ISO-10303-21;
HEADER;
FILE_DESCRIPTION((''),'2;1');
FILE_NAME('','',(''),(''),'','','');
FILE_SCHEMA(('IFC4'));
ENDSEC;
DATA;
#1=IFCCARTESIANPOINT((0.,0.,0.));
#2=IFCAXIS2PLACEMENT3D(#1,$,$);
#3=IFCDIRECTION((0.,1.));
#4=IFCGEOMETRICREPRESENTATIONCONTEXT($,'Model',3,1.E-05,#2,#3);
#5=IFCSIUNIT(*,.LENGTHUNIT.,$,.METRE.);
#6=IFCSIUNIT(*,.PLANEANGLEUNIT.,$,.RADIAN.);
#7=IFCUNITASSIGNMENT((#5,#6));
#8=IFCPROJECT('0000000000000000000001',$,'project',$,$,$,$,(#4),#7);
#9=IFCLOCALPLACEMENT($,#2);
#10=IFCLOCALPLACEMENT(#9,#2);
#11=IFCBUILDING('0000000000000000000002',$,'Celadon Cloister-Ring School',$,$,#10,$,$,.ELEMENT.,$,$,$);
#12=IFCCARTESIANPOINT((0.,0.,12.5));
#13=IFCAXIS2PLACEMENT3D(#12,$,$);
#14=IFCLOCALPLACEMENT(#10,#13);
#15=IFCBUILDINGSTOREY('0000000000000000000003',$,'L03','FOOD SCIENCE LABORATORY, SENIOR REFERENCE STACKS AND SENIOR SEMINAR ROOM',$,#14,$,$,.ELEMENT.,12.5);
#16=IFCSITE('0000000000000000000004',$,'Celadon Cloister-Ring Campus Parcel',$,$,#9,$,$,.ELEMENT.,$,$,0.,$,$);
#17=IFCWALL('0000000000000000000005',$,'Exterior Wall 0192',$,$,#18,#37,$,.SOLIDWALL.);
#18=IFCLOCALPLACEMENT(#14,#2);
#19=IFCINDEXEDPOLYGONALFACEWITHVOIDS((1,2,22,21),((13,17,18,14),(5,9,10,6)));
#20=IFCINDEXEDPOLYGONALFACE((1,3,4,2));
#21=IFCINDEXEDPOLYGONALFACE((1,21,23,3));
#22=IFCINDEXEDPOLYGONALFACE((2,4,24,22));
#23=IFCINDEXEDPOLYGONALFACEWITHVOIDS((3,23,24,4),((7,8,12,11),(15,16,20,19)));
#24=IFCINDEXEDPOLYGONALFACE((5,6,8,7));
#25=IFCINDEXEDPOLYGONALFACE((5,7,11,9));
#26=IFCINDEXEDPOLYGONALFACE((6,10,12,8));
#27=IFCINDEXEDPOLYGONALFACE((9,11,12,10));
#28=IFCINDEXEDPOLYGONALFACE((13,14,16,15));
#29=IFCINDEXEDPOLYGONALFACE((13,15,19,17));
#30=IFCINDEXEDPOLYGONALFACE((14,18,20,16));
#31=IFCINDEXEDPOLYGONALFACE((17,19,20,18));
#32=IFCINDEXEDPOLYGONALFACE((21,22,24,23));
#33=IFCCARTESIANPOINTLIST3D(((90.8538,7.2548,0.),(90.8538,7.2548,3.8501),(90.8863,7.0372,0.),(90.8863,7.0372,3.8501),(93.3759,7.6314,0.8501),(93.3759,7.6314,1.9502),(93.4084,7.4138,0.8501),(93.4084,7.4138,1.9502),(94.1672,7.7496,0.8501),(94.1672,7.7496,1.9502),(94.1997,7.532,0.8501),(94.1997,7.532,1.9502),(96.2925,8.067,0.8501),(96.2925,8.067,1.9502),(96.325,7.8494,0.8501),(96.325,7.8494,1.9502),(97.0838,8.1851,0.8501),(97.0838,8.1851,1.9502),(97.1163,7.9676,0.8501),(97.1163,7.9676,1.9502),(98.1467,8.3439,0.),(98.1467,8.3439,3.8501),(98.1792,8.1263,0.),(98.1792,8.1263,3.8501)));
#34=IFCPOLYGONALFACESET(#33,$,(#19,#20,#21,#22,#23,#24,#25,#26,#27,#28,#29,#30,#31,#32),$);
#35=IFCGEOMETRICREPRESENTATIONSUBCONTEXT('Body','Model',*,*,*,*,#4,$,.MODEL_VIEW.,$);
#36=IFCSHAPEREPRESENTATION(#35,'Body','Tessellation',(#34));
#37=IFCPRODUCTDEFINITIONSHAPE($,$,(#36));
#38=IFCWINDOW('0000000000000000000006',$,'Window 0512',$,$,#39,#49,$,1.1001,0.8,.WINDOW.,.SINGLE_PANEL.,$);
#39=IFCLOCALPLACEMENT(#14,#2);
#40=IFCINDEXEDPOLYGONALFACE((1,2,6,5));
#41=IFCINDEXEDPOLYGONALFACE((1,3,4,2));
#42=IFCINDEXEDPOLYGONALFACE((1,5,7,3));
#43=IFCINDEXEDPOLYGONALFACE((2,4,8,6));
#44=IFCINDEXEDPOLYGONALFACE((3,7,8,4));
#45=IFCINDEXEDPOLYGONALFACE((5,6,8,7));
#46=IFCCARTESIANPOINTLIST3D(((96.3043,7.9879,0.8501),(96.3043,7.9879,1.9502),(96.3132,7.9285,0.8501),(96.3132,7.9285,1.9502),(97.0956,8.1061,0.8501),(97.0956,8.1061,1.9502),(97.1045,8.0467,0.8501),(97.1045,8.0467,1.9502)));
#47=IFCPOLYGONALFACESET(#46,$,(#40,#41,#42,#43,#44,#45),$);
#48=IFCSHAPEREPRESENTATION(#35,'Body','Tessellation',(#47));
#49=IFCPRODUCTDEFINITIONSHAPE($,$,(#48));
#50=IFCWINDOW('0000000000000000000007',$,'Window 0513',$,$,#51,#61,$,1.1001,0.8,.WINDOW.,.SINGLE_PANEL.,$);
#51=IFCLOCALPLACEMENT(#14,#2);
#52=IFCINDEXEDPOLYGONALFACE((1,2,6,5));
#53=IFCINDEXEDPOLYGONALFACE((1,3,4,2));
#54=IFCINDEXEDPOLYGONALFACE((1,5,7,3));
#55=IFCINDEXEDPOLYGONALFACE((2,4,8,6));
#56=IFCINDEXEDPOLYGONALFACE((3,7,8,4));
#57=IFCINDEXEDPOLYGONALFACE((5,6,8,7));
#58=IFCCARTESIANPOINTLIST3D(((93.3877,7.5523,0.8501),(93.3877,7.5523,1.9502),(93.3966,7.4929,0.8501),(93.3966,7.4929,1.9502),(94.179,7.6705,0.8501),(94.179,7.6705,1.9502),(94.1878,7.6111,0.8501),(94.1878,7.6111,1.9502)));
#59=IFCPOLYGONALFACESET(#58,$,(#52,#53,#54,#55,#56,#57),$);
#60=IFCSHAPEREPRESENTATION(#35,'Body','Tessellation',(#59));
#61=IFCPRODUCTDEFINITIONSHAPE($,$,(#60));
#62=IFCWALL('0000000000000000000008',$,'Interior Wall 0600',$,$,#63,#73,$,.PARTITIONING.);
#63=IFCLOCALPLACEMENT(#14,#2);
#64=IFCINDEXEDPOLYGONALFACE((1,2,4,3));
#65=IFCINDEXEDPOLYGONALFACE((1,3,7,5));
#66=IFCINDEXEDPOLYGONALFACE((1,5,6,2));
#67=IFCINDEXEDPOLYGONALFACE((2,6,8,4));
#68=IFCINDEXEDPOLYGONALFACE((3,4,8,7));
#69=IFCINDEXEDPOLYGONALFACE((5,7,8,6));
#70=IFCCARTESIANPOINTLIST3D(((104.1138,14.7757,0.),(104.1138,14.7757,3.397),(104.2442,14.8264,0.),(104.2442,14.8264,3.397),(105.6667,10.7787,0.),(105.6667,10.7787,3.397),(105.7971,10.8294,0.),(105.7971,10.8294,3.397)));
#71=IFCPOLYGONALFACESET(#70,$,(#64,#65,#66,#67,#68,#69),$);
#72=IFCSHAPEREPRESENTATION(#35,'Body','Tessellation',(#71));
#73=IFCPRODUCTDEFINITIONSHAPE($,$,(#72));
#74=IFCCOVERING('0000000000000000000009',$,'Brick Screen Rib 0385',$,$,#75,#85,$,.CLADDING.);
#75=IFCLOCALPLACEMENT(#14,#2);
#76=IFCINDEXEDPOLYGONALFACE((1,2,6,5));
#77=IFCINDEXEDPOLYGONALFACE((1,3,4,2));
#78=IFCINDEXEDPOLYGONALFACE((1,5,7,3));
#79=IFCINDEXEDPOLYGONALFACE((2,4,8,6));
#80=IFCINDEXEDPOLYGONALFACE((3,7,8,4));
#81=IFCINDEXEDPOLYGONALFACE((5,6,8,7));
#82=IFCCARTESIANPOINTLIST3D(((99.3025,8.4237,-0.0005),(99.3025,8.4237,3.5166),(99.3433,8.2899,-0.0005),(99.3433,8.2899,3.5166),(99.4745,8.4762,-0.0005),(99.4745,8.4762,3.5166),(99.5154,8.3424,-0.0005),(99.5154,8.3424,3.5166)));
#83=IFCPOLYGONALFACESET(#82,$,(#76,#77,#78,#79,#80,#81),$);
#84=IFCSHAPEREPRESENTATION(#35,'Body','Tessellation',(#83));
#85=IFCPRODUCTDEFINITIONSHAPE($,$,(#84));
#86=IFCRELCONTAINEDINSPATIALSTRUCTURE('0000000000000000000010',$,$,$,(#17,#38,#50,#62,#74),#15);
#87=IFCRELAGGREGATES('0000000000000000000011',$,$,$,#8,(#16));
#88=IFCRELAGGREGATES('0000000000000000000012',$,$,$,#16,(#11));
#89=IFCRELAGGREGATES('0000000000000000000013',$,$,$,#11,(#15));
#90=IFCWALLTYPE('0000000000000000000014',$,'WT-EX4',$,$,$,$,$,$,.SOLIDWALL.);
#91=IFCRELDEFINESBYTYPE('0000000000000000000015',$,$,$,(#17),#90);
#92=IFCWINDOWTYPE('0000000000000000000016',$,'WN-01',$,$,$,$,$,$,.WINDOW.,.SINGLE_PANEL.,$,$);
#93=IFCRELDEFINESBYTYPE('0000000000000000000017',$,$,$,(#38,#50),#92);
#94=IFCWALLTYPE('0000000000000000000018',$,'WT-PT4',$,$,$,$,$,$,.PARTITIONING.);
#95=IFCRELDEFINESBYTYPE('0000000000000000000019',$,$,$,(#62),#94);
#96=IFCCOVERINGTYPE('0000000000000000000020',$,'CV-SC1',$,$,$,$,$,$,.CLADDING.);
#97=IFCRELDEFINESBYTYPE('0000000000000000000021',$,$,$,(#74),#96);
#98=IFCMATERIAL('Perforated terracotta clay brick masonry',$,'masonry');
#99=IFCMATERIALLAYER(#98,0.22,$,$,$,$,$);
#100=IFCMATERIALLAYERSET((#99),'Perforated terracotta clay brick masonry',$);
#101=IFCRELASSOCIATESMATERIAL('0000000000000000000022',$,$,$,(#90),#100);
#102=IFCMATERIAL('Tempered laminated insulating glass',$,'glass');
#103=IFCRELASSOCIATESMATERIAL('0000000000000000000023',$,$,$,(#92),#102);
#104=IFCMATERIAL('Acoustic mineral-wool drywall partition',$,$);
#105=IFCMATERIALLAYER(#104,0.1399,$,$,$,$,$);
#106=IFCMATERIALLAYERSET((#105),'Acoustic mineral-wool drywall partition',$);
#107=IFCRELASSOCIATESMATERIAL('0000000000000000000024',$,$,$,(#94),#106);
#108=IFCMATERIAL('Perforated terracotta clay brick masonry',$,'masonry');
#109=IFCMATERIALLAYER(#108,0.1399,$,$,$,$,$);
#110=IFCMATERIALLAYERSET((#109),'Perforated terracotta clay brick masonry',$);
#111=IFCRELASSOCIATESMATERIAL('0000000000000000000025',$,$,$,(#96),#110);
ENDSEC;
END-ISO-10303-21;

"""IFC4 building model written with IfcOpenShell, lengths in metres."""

from ifc_helpers import new_model, si_unit, direction, frame, frame_2d, origin, origin_2d, place, context, subcontext, project, spatial, rectangle, extrude, material, layer, layer_set, type_object, element, fill, save


model = new_model("IFC4")

# Units and contexts
model_context = context("Model", 3, precision=1e-05, world=origin(), true_north=direction((0.0, 1.0)))
body_context = subcontext(model_context, "Body", "Model", "MODEL_VIEW")
ifc_project = project(units=[si_unit("LENGTHUNIT", "METRE"), si_unit("PLANEANGLEUNIT", "RADIAN")], contexts=[model_context])

# Site, building, storey
site_placement = place(None, origin())
site = spatial("IfcSite", under=ifc_project, at=site_placement, Name="Celadon Cloister-Ring Campus Parcel", CompositionType="ELEMENT", RefElevation=0.0)
building_placement = place(site_placement, origin())
building = spatial("IfcBuilding", under=site, at=building_placement, Name="Celadon Cloister-Ring School", CompositionType="ELEMENT")
storey_placement = place(building_placement, frame((0.0, 0.0, 12.5)))
storey = spatial("IfcBuildingStorey", under=building, at=storey_placement, Name="L03", Description="FOOD SCIENCE LABORATORY, SENIOR REFERENCE STACKS AND SENIOR SEMINAR ROOM", CompositionType="ELEMENT", Elevation=12.5)

# Wall, openings, windows
ifc_material_1 = material(Name="Perforated terracotta clay brick masonry", Category="masonry")
ifc_layer_1 = layer(ifc_material_1, 0.22)
ifc_layer_set_1 = layer_set([ifc_layer_1], Name="Perforated terracotta clay brick masonry")
wall_type_1 = type_object("IfcWallType", Name="WT-EX4", PredefinedType="SOLIDWALL", material=ifc_layer_set_1)
wall_1_placement = place(storey_placement, frame((98.1631, 8.2351, 0.0), z_axis=(0.0, 0.0, 1.0), x_axis=(-0.989032, -0.147699, 0.0)))
wall_1 = element("IfcWall", 1, at=wall_1_placement, inside=storey, type_object=wall_type_1, Name="Exterior Wall 0192", PredefinedType="SOLIDWALL", context=body_context, shape_type="SweptSolid", body=[
    extrude(rectangle(XDim=7.3738, YDim=0.22, at=frame_2d((3.687, 0.0))), origin(), (0.0, 0.0, 1.0), 3.8501),
])
opening_1_placement = place(wall_1_placement, frame((1.075, 0.0, 0.8501)))
opening_1 = element("IfcOpeningElement", 2, at=opening_1_placement, cuts=wall_1, PredefinedType="OPENING", context=body_context, shape_type="SweptSolid", body=[
    extrude(rectangle(XDim=0.8, YDim=1.1001, at=frame_2d((0.3999, 0.55))), frame((0.0, 0.1201, 0.0), z_axis=(0.0, -1.0, 0.0), x_axis=(1.0, 0.0, 0.0)), (0.0, 0.0, 1.0), 0.24),
])
opening_2_placement = place(wall_1_placement, frame((4.0239, 0.0, 0.8501)))
opening_2 = element("IfcOpeningElement", 3, at=opening_2_placement, cuts=wall_1, PredefinedType="OPENING", context=body_context, shape_type="SweptSolid", body=[
    extrude(rectangle(XDim=0.8, YDim=1.1001, at=frame_2d((0.3999, 0.55))), frame((0.0, 0.1201, 0.0), z_axis=(0.0, -1.0, 0.0), x_axis=(1.0, 0.0, 0.0)), (0.0, 0.0, 1.0), 0.24),
])
ifc_material_2 = material(Name="Tempered laminated insulating glass", Category="glass")
window_type = type_object("IfcWindowType", Name="WN-01", PartitioningType="SINGLE_PANEL", PredefinedType="WINDOW", material=ifc_material_2)
window_1_placement = place(opening_1_placement, origin())
window_1 = element("IfcWindow", 4, at=window_1_placement, inside=storey, type_object=window_type, Name="Window 0512", OverallHeight=1.1001, OverallWidth=0.8, PartitioningType="SINGLE_PANEL", PredefinedType="WINDOW", context=body_context, shape_type="SweptSolid", body=[
    extrude(rectangle(XDim=0.8, YDim=1.1001, at=frame_2d((0.3999, 0.55))), frame((0.0, 0.03, 0.0), z_axis=(0.0, -1.0, 0.0), x_axis=(1.0, 0.0, 0.0)), (0.0, 0.0, 1.0), 0.0601),
])
fill(opening_1, window_1)
window_2_placement = place(opening_2_placement, origin())
window_2 = element("IfcWindow", 5, at=window_2_placement, inside=storey, type_object=window_type, Name="Window 0513", OverallHeight=1.1001, OverallWidth=0.8, PartitioningType="SINGLE_PANEL", PredefinedType="WINDOW", context=body_context, shape_type="SweptSolid", body=[
    extrude(rectangle(XDim=0.8, YDim=1.1001, at=frame_2d((0.3999, 0.55))), frame((0.0, 0.03, 0.0), z_axis=(0.0, -1.0, 0.0), x_axis=(1.0, 0.0, 0.0)), (0.0, 0.0, 1.0), 0.0601),
])
fill(opening_2, window_2)

# Wall
ifc_material_3 = material(Name="Acoustic mineral-wool drywall partition")
ifc_layer_2 = layer(ifc_material_3, 0.1399)
ifc_layer_set_2 = layer_set([ifc_layer_2], Name="Acoustic mineral-wool drywall partition")
wall_type_2 = type_object("IfcWallType", Name="WT-PT4", PredefinedType="PARTITIONING", material=ifc_layer_set_2)
wall_2_placement = place(storey_placement, frame((104.179, 14.801, 0.0), z_axis=(0.0, 0.0, 1.0), x_axis=(0.362155, -0.932118, 0.0)))
element("IfcWall", 6, at=wall_2_placement, inside=storey, type_object=wall_type_2, Name="Interior Wall 0600", PredefinedType="PARTITIONING", context=body_context, shape_type="SweptSolid", body=[
    extrude(rectangle(XDim=4.2881, YDim=0.1399, at=frame_2d((2.144, 0.0))), origin(), (0.0, 0.0, 1.0), 3.397),
])

# Covering
ifc_material_4 = material(Name="Perforated terracotta clay brick masonry", Category="masonry")
ifc_layer_3 = layer(ifc_material_4, 0.1399)
ifc_layer_set_3 = layer_set([ifc_layer_3], Name="Perforated terracotta clay brick masonry")
covering_type = type_object("IfcCoveringType", Name="CV-SC1", PredefinedType="CLADDING", material=ifc_layer_set_3)
covering_placement = place(storey_placement, frame((99.4089, 8.3831, -0.0005), z_axis=(0.0, 0.0, 1.0), x_axis=(-0.956371, -0.292155, 0.0)))
element("IfcCovering", 7, at=covering_placement, inside=storey, type_object=covering_type, Name="Brick Screen Rib 0385", PredefinedType="CLADDING", context=body_context, shape_type="SweptSolid", body=[
    extrude(rectangle(XDim=0.1799, YDim=0.1399, at=origin_2d()), origin(), (0.0, 0.0, 1.0), 3.5171),
])

save(model, "model.ifc")
